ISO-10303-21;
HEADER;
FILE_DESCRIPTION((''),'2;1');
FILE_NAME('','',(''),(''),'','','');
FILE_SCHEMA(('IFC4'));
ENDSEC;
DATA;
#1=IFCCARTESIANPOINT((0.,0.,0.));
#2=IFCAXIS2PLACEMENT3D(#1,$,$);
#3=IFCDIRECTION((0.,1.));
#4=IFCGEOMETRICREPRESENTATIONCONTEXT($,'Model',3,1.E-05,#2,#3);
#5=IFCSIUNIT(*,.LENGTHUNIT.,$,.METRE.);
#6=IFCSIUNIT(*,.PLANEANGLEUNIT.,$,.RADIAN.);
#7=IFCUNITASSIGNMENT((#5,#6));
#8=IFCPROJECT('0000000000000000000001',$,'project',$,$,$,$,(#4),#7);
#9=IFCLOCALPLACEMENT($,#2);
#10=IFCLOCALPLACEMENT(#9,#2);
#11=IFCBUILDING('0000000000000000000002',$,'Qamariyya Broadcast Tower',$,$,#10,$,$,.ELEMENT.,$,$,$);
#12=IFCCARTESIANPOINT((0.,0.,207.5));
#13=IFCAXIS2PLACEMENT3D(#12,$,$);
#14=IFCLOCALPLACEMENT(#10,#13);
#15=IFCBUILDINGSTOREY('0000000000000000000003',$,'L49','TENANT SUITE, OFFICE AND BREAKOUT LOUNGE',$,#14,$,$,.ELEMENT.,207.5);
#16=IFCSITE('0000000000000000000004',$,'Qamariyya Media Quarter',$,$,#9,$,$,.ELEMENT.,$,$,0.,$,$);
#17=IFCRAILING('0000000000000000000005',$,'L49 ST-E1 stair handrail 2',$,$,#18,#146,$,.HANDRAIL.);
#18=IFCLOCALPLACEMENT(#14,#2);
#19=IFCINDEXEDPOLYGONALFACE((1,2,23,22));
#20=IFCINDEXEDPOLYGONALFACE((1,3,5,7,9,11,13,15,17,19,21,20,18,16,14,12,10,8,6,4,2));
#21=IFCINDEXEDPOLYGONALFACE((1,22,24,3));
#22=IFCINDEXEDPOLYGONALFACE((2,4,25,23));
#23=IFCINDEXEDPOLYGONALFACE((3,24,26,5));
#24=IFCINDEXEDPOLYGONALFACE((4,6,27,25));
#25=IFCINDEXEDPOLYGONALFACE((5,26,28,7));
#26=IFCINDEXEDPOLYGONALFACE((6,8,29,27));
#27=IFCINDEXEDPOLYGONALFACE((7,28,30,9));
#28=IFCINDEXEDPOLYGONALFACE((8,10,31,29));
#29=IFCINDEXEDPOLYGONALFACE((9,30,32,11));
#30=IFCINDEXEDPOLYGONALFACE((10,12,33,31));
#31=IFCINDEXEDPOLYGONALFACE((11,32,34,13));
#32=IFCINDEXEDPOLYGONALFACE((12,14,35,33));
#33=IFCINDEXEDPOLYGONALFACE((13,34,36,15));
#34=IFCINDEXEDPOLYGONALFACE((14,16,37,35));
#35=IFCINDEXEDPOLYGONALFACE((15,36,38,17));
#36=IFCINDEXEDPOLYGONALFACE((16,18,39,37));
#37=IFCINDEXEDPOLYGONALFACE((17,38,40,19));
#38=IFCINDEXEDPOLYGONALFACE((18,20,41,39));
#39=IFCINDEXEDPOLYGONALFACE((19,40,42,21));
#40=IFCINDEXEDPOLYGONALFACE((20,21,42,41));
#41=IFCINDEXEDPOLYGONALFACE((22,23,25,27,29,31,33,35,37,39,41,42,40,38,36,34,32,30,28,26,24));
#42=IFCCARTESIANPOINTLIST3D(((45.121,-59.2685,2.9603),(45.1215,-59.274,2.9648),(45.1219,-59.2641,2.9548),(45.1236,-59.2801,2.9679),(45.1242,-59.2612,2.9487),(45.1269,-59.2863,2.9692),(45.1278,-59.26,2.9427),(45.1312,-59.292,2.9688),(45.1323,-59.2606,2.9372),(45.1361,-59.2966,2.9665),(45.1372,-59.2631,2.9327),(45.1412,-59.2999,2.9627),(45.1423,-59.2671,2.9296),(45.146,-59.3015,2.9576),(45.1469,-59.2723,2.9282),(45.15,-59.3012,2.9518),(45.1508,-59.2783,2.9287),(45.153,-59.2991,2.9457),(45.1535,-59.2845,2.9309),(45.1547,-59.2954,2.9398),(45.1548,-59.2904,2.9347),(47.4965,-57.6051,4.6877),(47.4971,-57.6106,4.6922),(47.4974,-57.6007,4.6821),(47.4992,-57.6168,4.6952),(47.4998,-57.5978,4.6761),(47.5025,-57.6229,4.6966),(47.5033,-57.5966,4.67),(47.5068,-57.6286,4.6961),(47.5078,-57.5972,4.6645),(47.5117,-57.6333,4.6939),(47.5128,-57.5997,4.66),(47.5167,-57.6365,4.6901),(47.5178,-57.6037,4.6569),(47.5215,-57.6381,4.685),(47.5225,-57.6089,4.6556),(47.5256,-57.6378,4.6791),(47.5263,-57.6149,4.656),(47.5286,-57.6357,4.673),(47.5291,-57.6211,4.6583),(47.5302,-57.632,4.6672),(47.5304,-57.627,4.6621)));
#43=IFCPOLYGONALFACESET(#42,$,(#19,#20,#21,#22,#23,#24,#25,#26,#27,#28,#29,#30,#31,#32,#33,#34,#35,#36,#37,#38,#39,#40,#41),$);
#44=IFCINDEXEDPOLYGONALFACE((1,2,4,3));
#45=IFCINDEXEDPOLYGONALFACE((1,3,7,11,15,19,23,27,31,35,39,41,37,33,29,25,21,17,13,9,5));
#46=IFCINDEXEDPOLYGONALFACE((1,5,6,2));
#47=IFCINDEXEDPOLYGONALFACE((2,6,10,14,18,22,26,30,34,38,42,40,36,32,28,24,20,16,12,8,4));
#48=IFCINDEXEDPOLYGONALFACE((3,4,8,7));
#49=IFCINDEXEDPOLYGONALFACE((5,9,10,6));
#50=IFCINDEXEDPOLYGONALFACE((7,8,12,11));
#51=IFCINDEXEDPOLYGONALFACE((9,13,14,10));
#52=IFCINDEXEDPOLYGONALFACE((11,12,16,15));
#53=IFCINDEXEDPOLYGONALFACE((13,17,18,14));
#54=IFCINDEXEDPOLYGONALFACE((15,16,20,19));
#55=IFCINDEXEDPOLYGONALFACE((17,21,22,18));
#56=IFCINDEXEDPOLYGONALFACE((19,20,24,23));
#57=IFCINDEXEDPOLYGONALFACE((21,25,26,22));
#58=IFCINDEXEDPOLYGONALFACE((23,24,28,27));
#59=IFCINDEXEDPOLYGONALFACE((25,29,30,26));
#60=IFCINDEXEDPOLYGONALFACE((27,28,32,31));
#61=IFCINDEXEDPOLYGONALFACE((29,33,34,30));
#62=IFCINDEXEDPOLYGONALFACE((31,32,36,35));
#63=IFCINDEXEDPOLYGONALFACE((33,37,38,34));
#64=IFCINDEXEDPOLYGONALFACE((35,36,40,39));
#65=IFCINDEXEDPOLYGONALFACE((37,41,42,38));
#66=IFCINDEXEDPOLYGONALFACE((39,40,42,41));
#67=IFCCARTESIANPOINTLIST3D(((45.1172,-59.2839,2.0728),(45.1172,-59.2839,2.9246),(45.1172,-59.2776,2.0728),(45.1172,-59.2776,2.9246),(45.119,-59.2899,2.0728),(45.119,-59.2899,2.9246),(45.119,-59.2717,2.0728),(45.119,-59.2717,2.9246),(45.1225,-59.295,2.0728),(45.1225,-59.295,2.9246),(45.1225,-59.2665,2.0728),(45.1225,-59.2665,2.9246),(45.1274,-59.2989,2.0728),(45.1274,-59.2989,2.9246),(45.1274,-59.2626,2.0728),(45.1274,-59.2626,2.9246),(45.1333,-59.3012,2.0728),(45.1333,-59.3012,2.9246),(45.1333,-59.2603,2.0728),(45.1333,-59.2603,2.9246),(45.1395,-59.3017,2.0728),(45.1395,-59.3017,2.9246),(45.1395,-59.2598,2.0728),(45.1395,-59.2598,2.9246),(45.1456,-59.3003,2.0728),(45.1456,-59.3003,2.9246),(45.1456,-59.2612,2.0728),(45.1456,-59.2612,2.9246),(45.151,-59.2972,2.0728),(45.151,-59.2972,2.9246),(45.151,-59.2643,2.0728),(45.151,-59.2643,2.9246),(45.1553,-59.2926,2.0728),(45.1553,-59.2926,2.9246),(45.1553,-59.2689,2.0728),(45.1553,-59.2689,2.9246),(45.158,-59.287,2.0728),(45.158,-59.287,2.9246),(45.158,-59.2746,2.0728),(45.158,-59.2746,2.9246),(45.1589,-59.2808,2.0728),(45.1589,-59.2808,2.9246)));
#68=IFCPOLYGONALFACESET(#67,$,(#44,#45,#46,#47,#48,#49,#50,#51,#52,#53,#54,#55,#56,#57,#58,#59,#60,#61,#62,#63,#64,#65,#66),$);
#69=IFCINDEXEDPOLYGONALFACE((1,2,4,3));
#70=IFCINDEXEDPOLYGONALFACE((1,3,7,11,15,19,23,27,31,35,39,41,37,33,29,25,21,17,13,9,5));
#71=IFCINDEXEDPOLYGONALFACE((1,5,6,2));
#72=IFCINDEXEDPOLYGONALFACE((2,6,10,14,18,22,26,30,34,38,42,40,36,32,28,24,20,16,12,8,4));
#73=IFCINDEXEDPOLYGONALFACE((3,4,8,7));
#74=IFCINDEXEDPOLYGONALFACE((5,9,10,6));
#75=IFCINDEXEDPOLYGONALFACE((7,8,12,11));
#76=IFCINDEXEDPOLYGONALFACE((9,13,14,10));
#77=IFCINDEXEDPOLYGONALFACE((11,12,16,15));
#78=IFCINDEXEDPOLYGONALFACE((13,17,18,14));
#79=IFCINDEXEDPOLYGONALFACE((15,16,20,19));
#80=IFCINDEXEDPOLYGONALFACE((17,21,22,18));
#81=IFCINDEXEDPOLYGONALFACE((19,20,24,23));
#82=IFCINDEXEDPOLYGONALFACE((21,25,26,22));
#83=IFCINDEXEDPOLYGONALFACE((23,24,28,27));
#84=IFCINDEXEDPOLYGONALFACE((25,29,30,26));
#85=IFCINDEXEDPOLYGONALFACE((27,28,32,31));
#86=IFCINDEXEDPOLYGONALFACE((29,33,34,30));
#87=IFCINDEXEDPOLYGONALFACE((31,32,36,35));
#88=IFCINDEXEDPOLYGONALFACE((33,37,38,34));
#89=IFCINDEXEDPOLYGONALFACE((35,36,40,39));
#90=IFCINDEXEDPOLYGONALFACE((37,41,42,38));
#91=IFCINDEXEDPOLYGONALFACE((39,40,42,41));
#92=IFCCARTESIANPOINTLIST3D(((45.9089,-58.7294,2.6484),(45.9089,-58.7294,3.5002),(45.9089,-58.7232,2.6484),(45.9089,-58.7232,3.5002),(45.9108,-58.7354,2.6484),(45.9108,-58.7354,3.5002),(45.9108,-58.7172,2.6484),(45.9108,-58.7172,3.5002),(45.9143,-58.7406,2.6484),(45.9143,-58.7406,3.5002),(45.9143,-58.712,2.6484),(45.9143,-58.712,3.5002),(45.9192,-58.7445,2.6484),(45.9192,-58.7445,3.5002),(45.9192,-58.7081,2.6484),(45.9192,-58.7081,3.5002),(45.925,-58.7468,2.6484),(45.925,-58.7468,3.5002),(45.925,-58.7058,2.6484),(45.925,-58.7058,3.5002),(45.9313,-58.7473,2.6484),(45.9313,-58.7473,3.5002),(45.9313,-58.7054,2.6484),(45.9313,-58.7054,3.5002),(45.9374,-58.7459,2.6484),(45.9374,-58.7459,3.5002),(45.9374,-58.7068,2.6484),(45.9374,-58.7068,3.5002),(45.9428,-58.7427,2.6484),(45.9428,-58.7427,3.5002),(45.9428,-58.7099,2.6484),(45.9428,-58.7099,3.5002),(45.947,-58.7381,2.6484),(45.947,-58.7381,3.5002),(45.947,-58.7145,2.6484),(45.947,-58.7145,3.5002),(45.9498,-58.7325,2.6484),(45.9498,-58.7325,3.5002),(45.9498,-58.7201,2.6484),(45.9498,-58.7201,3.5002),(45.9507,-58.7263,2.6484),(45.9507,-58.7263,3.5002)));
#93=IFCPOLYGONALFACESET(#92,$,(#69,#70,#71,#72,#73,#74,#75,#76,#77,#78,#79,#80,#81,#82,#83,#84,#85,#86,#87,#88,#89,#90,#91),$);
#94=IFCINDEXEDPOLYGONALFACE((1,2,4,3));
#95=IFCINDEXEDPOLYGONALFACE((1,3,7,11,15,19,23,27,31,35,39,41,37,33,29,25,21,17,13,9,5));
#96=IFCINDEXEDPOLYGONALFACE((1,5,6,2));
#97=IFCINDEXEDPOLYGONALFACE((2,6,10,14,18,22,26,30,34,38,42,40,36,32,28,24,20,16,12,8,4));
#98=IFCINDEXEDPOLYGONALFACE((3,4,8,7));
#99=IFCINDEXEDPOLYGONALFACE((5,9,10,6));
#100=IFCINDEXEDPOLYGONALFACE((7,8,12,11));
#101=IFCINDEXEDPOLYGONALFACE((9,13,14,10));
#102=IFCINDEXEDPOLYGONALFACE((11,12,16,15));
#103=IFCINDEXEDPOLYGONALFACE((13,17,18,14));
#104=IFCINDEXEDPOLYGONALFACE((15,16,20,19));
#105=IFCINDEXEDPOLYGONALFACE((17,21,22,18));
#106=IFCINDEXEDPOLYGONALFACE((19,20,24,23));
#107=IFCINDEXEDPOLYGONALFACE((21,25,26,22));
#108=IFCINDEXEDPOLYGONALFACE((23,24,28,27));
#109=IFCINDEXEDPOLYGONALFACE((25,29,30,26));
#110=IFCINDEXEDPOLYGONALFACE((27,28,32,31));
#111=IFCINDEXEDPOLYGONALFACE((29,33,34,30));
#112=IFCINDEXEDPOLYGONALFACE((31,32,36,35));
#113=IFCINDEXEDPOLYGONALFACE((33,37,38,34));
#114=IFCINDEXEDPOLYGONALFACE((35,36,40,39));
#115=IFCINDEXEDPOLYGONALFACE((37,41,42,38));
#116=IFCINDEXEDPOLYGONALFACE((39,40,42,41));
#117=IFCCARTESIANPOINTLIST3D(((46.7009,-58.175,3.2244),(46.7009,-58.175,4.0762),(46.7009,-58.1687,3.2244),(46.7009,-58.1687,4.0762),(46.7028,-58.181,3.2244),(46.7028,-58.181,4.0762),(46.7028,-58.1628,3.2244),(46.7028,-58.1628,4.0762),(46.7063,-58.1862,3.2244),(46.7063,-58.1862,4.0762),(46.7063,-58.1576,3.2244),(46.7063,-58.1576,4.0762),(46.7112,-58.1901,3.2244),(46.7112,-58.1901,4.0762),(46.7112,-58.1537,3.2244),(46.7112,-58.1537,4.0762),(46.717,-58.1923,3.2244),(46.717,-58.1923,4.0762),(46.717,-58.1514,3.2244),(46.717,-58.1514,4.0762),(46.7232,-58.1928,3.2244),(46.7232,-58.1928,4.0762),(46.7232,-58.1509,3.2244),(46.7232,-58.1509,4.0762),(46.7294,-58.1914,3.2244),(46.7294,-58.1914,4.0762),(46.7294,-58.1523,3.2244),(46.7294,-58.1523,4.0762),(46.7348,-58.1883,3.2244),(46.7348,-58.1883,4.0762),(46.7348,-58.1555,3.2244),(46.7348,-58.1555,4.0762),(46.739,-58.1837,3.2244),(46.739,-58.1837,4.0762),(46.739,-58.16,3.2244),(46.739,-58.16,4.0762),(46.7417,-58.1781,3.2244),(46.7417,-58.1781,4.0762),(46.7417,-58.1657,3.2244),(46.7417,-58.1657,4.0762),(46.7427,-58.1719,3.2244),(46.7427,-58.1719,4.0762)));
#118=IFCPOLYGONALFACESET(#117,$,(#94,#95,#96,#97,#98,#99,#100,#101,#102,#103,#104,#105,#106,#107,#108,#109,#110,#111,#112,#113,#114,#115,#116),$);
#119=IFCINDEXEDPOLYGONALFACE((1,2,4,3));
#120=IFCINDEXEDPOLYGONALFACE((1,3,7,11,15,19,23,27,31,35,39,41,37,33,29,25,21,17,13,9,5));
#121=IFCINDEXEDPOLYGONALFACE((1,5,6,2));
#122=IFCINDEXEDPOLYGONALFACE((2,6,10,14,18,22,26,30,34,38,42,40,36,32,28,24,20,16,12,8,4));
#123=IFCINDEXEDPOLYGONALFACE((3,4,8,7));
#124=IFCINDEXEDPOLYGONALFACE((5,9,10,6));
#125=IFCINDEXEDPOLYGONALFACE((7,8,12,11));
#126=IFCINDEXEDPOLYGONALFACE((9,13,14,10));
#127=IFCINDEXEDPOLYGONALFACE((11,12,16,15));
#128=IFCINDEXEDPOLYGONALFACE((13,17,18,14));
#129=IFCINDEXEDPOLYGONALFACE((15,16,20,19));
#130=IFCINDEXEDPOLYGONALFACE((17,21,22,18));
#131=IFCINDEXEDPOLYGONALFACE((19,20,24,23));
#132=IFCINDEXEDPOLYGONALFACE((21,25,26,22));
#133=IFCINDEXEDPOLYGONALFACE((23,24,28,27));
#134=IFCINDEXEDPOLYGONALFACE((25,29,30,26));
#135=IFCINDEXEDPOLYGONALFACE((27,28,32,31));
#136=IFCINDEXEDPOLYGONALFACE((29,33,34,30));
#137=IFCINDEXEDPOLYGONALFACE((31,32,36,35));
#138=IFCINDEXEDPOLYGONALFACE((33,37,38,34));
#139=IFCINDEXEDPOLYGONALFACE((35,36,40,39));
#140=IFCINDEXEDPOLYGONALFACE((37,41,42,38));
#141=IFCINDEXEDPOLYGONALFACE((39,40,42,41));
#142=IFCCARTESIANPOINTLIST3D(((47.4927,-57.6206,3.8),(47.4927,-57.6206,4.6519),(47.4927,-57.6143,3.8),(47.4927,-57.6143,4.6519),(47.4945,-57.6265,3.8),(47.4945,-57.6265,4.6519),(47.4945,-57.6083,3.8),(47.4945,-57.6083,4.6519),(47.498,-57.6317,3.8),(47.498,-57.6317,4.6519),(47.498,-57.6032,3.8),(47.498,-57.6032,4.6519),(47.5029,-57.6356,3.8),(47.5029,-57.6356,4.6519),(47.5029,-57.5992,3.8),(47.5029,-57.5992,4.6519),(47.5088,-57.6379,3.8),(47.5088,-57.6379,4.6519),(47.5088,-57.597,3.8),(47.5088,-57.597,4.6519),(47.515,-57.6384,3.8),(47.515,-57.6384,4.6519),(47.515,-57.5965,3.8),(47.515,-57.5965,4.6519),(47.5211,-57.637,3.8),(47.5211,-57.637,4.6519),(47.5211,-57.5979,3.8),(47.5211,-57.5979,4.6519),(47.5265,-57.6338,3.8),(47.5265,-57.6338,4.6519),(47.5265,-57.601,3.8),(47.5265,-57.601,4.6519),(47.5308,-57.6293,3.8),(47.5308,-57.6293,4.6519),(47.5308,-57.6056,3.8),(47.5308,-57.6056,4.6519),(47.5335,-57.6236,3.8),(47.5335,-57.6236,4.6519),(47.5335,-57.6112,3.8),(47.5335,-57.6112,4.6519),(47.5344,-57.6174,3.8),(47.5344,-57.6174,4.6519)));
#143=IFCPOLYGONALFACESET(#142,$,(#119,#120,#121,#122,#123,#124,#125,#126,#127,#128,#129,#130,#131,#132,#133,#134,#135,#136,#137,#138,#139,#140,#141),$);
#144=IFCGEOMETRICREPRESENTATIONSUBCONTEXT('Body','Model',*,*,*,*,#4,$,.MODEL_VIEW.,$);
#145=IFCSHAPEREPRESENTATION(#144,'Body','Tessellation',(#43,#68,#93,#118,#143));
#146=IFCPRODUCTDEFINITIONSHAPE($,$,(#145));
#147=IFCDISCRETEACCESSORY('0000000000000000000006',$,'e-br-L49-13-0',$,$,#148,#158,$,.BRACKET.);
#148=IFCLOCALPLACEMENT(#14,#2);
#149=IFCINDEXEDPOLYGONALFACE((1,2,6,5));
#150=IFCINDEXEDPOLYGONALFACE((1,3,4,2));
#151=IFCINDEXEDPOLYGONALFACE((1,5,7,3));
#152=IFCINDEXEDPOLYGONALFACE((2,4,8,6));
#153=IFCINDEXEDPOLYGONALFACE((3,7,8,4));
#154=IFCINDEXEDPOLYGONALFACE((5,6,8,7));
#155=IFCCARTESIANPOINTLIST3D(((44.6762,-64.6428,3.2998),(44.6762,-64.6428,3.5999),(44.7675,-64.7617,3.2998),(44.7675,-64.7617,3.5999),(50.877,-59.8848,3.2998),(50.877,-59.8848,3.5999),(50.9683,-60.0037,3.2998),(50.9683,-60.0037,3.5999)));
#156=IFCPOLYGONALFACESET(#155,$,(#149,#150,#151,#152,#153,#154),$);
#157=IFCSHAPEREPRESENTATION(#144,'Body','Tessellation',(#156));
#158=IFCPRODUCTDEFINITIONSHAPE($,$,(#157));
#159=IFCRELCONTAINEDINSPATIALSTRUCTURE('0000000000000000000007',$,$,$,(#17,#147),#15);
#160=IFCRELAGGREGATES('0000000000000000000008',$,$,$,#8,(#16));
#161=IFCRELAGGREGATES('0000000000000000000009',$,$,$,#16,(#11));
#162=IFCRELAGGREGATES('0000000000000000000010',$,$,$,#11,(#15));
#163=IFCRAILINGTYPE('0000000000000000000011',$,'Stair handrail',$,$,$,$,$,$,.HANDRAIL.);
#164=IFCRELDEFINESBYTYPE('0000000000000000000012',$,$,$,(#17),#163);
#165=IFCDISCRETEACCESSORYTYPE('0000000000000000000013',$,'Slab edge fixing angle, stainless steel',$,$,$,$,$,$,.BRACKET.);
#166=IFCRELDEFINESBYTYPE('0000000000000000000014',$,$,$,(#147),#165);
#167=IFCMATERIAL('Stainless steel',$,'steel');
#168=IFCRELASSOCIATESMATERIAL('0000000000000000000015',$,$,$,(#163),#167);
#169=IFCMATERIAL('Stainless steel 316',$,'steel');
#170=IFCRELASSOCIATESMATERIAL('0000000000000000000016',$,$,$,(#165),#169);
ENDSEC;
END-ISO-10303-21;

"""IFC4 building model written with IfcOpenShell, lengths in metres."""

from ifc_helpers import new_model, si_unit, direction, frame, origin, origin_2d, place, context, subcontext, project, spatial, rectangle, circle, extrude, material, type_object, element, save


model = new_model("IFC4")

# Units and contexts
model_context = context("Model", 3, precision=1e-05, world=origin(), true_north=direction((0.0, 1.0)))
body_context = subcontext(model_context, "Body", "Model", "MODEL_VIEW")
ifc_project = project(units=[si_unit("LENGTHUNIT", "METRE"), si_unit("PLANEANGLEUNIT", "RADIAN")], contexts=[model_context])

# Site, building, storey
site_placement = place(None, origin())
site = spatial("IfcSite", under=ifc_project, at=site_placement, Name="Qamariyya Media Quarter", CompositionType="ELEMENT", RefElevation=0.0)
building_placement = place(site_placement, origin())
building = spatial("IfcBuilding", under=site, at=building_placement, Name="Qamariyya Broadcast Tower", CompositionType="ELEMENT")
storey_placement = place(building_placement, frame((0.0, 0.0, 207.5)))
storey = spatial("IfcBuildingStorey", under=building, at=storey_placement, Name="L49", Description="TENANT SUITE, OFFICE AND BREAKOUT LOUNGE", CompositionType="ELEMENT", Elevation=207.5)

# Railing
ifc_material_1 = material(Name="Stainless steel", Category="steel")
railing_type_1 = type_object("IfcRailingType", Name="Stair handrail", PredefinedType="HANDRAIL", material=ifc_material_1)
railing_1_placement = place(storey_placement, frame((45.1379, -59.2808, 2.0728)))
element("IfcRailing", 1, at=railing_1_placement, inside=storey, type_object=railing_type_1, Name="L49 ST-E1 stair handrail 2", PredefinedType="HANDRAIL", context=body_context, shape_type="SweptSolid", body=[
    extrude(circle(Radius=0.0239, at=origin_2d()), frame((0.0, 0.0, 0.876), z_axis=(0.70377, 0.492784, 0.511734), x_axis=(-0.573575, 0.819153, 0.0)), (0.0, 0.0, 1.0), 3.3755),
    extrude(circle(Radius=0.021, at=origin_2d()), origin(), (0.0, 0.0, 1.0), 0.8518),
    extrude(circle(Radius=0.021, at=origin_2d()), frame((0.7917, 0.5544, 0.5757)), (0.0, 0.0, 1.0), 0.8518),
    extrude(circle(Radius=0.021, at=origin_2d()), frame((1.5837, 1.1089, 1.1516)), (0.0, 0.0, 1.0), 0.8518),
    extrude(circle(Radius=0.021, at=origin_2d()), frame((2.3755, 1.6633, 1.7273)), (0.0, 0.0, 1.0), 0.8518),
])

# Discrete accessory
ifc_material_2 = material(Name="Stainless steel 316", Category="steel")
discrete_accessory_type = type_object("IfcDiscreteAccessoryType", Name="Slab edge fixing angle, stainless steel", PredefinedType="BRACKET", material=ifc_material_2)
discrete_accessory_placement = place(storey_placement, frame((47.8223, -62.3232, 3.2998), z_axis=(0.0, 0.0, 1.0), x_axis=(0.793353, 0.608761, 0.0)))
element("IfcDiscreteAccessory", 2, at=discrete_accessory_placement, inside=storey, type_object=discrete_accessory_type, Name="e-br-L49-13-0", PredefinedType="BRACKET", context=body_context, shape_type="SweptSolid", body=[
    extrude(rectangle(XDim=7.8159, YDim=0.1499, at=origin_2d()), origin(), (0.0, 0.0, 1.0), 0.3),
])

save(model, "model.ifc")
